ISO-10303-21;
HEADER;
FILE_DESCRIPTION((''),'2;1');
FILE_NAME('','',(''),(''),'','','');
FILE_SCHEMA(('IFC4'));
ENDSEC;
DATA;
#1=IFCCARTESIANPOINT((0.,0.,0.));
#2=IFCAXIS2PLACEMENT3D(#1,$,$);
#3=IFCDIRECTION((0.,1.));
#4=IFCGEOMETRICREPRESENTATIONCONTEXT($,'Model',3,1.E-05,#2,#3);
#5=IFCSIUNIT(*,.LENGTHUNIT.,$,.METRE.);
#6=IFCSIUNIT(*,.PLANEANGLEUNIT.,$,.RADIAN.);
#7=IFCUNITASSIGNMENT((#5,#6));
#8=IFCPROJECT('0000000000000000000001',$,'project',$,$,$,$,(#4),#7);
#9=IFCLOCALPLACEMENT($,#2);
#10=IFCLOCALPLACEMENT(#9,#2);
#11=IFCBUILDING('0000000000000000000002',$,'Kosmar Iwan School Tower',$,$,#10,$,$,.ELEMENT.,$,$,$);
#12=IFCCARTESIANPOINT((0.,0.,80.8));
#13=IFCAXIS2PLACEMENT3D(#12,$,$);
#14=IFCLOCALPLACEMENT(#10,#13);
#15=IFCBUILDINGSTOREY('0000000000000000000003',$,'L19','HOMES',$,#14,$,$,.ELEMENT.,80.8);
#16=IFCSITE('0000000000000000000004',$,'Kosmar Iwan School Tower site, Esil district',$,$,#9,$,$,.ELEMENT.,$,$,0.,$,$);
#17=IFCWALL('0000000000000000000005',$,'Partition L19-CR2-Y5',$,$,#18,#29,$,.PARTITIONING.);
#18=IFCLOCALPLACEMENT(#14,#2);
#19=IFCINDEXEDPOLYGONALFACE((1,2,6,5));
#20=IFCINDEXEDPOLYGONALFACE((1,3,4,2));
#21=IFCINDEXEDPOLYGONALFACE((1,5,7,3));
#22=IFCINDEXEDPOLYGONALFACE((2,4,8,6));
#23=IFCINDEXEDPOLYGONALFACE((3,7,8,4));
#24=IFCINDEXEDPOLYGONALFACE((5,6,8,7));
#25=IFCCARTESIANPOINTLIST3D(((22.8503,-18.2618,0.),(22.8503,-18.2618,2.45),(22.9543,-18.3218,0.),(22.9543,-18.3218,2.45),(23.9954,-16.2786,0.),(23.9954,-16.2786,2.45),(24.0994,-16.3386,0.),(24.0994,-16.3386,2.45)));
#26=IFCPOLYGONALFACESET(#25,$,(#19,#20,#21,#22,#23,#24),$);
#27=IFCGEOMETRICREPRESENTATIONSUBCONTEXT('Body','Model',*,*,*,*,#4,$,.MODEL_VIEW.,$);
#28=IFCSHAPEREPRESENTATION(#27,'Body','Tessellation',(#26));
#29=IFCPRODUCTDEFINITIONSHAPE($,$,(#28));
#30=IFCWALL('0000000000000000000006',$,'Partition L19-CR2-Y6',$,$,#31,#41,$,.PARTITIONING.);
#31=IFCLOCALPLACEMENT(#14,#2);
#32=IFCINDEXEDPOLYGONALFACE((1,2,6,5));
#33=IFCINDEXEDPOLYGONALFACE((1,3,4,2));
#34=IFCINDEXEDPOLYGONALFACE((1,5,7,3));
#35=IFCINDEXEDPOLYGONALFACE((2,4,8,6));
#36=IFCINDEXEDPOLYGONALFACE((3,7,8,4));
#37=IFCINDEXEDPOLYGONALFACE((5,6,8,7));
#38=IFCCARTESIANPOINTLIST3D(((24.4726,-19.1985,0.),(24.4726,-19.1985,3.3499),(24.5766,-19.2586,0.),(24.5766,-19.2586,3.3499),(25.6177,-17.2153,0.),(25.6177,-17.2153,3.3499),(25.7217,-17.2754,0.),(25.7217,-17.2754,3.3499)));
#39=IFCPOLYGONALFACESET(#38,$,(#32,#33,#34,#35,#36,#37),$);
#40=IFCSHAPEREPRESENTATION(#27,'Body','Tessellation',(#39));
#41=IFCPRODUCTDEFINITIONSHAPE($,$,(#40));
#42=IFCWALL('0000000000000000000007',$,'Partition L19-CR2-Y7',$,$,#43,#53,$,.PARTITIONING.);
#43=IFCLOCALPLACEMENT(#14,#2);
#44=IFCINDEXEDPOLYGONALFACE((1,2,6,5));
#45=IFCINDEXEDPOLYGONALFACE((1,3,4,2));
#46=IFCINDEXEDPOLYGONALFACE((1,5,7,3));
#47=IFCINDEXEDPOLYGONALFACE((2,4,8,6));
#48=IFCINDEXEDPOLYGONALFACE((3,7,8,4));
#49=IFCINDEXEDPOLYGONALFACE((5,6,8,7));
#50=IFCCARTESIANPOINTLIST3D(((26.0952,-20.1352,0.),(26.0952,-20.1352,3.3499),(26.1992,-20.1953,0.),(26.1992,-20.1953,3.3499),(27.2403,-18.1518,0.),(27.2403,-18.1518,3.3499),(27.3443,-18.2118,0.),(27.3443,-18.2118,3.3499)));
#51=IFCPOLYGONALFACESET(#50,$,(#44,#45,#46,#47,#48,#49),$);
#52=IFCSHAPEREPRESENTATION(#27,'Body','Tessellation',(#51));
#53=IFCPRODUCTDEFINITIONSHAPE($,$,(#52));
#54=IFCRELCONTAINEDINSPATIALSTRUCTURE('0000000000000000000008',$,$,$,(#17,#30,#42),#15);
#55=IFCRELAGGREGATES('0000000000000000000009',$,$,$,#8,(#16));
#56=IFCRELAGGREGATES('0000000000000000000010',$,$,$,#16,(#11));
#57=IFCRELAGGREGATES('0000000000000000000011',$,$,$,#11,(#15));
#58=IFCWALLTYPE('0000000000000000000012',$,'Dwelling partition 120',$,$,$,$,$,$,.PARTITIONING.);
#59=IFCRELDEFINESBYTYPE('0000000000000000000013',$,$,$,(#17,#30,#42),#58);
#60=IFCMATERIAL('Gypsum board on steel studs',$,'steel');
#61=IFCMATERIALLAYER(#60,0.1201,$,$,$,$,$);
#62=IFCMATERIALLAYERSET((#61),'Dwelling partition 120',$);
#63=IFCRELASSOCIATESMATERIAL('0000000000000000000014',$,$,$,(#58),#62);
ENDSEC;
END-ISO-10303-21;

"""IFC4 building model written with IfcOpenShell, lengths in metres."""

from ifc_helpers import new_model, si_unit, direction, frame, frame_2d, origin, place, context, subcontext, project, spatial, rectangle, extrude, material, layer, layer_set, type_object, element, save


model = new_model("IFC4")

# Units and contexts
model_context = context("Model", 3, precision=1e-05, world=origin(), true_north=direction((0.0, 1.0)))
body_context = subcontext(model_context, "Body", "Model", "MODEL_VIEW")
ifc_project = project(units=[si_unit("LENGTHUNIT", "METRE"), si_unit("PLANEANGLEUNIT", "RADIAN")], contexts=[model_context])

# Site, building, storey
site_placement = place(None, origin())
site = spatial("IfcSite", under=ifc_project, at=site_placement, Name="Kosmar Iwan School Tower site, Esil district", CompositionType="ELEMENT", RefElevation=0.0)
building_placement = place(site_placement, origin())
building = spatial("IfcBuilding", under=site, at=building_placement, Name="Kosmar Iwan School Tower", CompositionType="ELEMENT")
storey_placement = place(building_placement, frame((0.0, 0.0, 80.8)))
storey = spatial("IfcBuildingStorey", under=building, at=storey_placement, Name="L19", Description="HOMES", CompositionType="ELEMENT", Elevation=80.8)

# Shared definitions
ifc_material_1 = material(Name="Gypsum board on steel studs", Category="steel")
ifc_layer_1 = layer(ifc_material_1, 0.1201)
ifc_layer_set_1 = layer_set([ifc_layer_1], Name="Dwelling partition 120")
wall_type = type_object("IfcWallType", Name="Dwelling partition 120", PredefinedType="PARTITIONING", material=ifc_layer_set_1)

# Walls
wall_1_placement = place(storey_placement, frame((24.0474, -16.3086, 0.0), z_axis=(0.0, 0.0, 1.0), x_axis=(-0.500015, -0.866017, 0.0)))
element("IfcWall", 1, at=wall_1_placement, inside=storey, type_object=wall_type, Name="Partition L19-CR2-Y5", PredefinedType="PARTITIONING", context=body_context, shape_type="SweptSolid", body=[
    extrude(rectangle(XDim=2.29, YDim=0.1201, at=frame_2d((1.145, 0.0))), origin(), (0.0, 0.0, 1.0), 2.45),
])
wall_2_placement = place(storey_placement, frame((25.6697, -17.2454, 0.0), z_axis=(0.0, 0.0, 1.0), x_axis=(-0.500015, -0.866017, 0.0)))
element("IfcWall", 2, at=wall_2_placement, inside=storey, type_object=wall_type, Name="Partition L19-CR2-Y6", PredefinedType="PARTITIONING", context=body_context, shape_type="SweptSolid", body=[
    extrude(rectangle(XDim=2.29, YDim=0.1201, at=frame_2d((1.145, 0.0))), origin(), (0.0, 0.0, 1.0), 3.3499),
])
wall_3_placement = place(storey_placement, frame((27.2922, -18.1819, 0.0), z_axis=(0.0, 0.0, 1.0), x_axis=(-0.499969, -0.866044, 0.0)))
element("IfcWall", 3, at=wall_3_placement, inside=storey, type_object=wall_type, Name="Partition L19-CR2-Y7", PredefinedType="PARTITIONING", context=body_context, shape_type="SweptSolid", body=[
    extrude(rectangle(XDim=2.2903, YDim=0.1201, at=frame_2d((1.145, 0.0))), origin(), (0.0, 0.0, 1.0), 3.3499),
])

save(model, "model.ifc")
